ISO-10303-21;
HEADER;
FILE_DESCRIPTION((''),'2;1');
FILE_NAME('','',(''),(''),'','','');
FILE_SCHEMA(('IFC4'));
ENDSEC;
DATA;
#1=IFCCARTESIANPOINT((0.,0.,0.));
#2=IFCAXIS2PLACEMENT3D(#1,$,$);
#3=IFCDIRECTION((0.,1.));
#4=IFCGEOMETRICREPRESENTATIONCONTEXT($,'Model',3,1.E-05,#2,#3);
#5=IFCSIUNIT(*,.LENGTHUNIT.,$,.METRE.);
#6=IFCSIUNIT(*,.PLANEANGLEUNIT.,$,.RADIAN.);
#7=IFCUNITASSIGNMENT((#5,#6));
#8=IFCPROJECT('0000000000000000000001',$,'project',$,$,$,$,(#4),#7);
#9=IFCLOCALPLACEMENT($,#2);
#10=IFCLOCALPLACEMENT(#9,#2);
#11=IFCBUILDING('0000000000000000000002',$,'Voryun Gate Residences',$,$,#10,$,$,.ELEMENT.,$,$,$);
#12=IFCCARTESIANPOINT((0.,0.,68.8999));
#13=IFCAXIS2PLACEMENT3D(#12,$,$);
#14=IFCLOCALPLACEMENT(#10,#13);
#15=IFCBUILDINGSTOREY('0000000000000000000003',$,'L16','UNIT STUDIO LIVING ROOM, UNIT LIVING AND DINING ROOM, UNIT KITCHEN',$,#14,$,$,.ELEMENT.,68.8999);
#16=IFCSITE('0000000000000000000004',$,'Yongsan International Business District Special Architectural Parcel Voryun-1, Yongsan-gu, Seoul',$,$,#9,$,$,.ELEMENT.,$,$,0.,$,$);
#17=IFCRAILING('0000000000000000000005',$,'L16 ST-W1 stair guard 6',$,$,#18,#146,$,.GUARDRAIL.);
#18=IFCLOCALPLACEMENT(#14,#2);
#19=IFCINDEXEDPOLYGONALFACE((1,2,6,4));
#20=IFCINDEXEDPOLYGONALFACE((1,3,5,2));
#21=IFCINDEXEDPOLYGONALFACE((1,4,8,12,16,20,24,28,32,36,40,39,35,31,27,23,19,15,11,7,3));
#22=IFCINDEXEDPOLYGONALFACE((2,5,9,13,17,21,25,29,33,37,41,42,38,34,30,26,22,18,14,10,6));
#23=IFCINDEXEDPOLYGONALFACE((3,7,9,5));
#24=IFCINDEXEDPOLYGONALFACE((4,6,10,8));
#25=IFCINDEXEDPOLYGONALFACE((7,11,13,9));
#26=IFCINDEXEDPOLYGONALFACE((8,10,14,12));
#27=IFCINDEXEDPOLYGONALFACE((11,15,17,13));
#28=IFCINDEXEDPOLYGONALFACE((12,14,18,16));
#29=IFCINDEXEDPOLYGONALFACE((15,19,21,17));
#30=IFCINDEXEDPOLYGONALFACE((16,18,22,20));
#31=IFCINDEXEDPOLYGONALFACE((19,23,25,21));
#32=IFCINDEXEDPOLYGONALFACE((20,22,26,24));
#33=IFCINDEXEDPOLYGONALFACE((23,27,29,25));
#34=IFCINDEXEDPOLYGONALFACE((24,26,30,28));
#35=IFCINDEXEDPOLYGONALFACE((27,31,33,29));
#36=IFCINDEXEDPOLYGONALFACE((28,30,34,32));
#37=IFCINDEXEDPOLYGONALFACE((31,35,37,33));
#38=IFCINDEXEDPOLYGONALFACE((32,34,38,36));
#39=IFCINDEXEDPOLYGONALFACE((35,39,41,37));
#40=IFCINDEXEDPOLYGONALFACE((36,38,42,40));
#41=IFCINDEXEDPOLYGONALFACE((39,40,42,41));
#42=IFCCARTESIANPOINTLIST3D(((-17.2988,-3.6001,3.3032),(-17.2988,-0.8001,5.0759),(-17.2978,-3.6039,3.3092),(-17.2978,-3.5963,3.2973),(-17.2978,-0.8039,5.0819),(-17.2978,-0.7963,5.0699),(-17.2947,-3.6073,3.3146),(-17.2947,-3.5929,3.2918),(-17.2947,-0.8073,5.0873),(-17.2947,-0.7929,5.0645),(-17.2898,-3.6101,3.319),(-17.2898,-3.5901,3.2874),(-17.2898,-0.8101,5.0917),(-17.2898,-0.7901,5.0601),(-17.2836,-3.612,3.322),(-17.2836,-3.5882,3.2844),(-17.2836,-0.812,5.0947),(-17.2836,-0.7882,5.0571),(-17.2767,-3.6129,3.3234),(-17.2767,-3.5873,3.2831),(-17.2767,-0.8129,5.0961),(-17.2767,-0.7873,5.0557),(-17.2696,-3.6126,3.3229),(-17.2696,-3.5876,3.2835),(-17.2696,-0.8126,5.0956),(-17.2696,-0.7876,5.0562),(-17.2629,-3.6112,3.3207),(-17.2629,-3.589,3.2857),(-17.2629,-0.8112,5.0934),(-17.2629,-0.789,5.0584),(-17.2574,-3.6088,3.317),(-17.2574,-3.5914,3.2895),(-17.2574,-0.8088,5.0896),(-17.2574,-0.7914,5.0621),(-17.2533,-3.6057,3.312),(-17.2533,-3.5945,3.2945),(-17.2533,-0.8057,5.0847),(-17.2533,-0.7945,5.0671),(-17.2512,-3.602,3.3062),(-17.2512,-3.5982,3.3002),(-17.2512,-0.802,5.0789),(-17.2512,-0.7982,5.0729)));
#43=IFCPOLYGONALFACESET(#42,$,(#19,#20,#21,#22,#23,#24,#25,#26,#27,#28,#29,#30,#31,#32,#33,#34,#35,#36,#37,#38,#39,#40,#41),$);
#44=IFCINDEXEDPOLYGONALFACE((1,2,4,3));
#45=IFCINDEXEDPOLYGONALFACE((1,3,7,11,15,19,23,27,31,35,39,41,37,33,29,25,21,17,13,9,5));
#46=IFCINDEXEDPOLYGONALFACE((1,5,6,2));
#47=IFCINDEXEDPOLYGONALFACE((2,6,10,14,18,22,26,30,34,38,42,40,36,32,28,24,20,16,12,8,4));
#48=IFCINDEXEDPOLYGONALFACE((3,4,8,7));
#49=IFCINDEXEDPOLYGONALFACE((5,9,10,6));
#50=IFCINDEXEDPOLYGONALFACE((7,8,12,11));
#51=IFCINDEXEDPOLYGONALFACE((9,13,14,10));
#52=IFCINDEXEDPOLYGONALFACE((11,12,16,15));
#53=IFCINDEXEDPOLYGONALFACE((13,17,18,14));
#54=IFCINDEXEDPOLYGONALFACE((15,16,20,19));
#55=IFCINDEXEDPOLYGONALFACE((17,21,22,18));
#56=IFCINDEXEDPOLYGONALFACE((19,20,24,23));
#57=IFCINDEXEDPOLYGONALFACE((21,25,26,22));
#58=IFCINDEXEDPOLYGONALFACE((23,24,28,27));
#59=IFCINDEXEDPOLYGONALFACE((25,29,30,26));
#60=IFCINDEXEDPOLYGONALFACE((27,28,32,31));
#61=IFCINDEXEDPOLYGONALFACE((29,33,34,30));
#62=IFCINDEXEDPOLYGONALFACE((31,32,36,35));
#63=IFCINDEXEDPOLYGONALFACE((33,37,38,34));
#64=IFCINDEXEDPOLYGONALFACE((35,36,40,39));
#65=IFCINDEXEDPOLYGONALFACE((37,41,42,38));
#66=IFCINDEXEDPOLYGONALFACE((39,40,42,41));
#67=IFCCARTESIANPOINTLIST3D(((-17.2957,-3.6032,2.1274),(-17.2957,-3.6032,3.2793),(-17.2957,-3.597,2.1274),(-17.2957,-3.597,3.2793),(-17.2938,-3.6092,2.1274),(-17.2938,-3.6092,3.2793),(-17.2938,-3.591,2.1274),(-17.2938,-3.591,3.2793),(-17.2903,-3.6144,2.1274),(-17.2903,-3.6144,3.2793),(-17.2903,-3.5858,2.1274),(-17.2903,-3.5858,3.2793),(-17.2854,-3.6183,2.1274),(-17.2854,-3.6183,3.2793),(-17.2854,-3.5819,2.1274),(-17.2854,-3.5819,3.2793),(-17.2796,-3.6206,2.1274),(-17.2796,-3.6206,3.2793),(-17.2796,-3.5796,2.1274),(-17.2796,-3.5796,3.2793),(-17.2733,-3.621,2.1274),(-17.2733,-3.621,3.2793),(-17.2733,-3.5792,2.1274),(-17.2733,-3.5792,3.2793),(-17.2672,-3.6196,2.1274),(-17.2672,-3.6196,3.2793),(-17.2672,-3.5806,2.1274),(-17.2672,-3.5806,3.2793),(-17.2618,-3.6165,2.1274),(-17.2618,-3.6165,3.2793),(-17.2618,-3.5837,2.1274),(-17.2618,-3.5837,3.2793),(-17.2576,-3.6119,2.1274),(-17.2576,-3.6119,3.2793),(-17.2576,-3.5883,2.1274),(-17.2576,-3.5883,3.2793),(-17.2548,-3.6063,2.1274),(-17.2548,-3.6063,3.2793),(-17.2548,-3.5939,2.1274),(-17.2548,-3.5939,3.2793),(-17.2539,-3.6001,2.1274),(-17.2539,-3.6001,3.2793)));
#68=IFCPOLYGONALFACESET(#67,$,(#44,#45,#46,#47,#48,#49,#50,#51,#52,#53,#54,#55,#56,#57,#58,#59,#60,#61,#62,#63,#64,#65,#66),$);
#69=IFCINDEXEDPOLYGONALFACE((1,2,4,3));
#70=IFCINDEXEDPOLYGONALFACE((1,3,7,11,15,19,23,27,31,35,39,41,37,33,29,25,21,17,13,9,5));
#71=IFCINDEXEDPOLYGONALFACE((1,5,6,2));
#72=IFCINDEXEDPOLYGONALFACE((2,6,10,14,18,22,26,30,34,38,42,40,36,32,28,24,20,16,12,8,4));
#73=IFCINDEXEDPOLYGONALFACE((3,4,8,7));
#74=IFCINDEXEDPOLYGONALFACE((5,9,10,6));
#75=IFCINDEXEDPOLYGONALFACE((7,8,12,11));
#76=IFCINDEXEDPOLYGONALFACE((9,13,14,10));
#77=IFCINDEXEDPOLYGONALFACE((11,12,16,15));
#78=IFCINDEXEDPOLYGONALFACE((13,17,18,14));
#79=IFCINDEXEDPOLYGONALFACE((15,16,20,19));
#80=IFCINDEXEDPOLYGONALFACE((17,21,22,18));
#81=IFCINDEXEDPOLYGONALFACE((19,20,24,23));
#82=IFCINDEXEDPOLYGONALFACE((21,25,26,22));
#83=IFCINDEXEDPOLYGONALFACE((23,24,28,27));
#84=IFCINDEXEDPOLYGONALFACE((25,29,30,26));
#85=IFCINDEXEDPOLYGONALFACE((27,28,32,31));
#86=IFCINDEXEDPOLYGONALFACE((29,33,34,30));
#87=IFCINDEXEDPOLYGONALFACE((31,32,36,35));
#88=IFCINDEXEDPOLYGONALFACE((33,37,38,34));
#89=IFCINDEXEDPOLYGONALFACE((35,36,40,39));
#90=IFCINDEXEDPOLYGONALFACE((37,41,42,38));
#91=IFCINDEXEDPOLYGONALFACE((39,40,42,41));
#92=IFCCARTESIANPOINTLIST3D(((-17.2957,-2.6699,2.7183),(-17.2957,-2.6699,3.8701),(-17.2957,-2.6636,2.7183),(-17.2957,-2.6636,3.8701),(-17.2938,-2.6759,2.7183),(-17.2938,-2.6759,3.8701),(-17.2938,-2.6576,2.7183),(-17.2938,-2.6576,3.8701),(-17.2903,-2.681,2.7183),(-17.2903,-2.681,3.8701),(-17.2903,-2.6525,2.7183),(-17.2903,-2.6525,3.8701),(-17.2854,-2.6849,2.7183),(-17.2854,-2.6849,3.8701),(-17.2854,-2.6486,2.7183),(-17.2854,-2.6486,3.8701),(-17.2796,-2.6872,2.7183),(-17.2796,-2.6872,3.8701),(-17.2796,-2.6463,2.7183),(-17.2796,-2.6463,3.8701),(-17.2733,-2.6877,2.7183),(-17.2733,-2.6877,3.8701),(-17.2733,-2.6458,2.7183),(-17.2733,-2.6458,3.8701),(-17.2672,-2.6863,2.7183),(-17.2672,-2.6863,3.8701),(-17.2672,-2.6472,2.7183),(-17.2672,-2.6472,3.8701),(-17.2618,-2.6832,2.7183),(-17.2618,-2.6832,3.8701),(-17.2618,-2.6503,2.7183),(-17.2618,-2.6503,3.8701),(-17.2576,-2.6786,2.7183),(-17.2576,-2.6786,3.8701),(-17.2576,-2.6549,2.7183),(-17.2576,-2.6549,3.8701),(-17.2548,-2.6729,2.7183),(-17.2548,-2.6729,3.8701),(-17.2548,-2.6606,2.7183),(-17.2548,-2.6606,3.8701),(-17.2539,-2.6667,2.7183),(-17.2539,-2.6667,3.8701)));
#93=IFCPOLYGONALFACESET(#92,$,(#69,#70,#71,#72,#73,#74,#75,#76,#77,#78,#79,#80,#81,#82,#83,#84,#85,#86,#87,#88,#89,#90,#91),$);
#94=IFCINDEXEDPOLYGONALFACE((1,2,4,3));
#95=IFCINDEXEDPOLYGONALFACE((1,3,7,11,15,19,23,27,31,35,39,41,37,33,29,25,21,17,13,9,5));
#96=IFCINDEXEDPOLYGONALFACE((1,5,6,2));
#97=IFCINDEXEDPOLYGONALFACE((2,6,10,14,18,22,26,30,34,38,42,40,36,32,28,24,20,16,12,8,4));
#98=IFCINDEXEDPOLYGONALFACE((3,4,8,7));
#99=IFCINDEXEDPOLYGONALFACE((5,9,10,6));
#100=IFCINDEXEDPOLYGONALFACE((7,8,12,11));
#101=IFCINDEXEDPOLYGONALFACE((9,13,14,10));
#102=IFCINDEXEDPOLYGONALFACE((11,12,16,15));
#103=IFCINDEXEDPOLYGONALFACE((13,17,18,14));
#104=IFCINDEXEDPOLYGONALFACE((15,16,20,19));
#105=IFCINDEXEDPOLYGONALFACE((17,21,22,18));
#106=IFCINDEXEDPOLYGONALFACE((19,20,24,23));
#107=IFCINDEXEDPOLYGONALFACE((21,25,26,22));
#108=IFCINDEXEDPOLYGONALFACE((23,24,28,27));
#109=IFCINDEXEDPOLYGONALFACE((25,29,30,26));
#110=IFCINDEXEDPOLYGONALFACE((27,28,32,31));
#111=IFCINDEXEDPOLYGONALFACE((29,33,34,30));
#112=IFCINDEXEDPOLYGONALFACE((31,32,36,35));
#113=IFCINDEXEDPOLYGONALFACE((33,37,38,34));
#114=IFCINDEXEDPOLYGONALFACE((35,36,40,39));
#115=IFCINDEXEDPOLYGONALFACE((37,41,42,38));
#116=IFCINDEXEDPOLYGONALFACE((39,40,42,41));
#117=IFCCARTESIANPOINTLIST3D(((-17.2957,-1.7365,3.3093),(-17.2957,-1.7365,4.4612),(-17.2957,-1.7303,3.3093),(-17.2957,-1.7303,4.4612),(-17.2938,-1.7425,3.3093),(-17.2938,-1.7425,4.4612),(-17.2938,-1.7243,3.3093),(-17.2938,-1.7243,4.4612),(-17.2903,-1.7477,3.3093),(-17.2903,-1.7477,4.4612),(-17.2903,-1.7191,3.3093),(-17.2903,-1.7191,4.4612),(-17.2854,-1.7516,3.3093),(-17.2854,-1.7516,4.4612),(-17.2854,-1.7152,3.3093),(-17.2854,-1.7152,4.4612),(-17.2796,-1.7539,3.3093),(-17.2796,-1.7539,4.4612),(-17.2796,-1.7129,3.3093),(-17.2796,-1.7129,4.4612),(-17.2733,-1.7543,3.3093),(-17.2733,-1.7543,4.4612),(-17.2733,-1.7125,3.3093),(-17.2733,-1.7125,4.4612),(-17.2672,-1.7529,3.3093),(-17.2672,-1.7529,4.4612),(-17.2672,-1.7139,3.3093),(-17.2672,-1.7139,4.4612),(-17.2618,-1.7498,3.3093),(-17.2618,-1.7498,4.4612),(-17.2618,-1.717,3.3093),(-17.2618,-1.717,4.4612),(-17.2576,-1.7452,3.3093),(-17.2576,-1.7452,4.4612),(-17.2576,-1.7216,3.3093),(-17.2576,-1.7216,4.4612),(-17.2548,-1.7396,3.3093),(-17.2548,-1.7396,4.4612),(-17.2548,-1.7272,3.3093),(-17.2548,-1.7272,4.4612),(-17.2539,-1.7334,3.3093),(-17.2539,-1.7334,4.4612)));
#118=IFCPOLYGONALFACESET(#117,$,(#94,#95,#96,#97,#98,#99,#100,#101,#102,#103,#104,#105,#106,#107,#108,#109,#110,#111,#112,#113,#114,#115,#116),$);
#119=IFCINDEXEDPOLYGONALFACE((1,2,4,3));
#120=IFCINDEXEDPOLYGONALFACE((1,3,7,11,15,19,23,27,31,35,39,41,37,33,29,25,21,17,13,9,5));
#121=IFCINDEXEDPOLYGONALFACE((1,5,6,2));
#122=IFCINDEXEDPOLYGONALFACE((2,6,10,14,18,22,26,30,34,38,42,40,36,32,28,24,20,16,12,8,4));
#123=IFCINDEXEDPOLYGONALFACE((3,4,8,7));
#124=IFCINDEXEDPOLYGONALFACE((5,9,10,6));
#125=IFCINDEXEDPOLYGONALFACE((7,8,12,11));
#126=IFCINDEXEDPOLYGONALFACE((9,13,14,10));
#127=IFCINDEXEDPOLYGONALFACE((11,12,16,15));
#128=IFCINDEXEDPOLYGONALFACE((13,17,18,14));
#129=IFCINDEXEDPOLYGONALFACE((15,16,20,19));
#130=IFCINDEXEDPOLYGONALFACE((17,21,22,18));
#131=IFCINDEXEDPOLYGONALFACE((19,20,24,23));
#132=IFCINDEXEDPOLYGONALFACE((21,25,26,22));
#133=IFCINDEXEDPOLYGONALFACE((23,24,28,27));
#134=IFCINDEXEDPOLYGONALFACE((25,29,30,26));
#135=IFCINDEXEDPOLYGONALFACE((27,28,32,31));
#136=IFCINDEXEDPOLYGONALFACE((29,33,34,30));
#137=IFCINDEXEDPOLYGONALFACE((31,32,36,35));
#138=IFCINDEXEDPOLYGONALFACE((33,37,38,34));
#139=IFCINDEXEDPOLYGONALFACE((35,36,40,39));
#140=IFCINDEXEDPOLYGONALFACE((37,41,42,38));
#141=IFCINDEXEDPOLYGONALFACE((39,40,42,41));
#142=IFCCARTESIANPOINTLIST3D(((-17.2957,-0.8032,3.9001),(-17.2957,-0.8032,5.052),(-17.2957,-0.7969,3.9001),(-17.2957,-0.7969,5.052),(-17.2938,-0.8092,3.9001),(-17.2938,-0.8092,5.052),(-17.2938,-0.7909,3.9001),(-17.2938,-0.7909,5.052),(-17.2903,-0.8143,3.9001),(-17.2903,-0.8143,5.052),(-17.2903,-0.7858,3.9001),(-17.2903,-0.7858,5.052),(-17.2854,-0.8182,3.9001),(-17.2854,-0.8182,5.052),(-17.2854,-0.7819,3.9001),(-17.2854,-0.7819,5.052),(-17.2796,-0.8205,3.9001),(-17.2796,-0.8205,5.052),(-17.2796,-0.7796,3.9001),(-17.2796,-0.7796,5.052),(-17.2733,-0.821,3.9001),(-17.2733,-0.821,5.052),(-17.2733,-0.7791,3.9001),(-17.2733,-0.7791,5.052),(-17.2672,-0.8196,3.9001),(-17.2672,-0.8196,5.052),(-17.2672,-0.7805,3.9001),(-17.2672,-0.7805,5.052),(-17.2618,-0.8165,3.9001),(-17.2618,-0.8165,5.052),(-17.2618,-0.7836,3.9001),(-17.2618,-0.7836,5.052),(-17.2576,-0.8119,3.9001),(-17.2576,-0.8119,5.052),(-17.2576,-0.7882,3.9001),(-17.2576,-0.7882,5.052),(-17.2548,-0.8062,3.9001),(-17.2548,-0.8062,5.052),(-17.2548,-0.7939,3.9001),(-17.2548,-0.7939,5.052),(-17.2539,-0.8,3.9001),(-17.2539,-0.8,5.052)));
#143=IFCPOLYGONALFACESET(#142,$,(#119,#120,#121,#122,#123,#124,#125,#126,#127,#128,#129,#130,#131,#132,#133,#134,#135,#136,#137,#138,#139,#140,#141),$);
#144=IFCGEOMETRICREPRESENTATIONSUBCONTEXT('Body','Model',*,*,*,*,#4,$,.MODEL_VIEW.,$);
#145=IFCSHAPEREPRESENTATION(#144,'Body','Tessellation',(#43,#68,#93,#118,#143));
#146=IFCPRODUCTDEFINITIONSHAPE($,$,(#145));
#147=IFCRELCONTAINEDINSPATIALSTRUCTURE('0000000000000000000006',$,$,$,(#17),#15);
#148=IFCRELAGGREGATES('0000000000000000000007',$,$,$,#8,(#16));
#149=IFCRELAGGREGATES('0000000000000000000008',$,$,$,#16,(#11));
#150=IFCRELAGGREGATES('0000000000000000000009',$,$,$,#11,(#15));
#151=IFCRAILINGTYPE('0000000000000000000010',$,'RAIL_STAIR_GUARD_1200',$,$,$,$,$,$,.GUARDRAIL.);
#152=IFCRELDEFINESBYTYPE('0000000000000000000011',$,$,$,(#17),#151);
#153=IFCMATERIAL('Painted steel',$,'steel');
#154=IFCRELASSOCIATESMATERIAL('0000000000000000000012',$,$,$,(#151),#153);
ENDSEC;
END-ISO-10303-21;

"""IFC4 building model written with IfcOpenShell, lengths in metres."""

from ifc_helpers import new_model, si_unit, direction, frame, origin, origin_2d, place, context, subcontext, project, spatial, circle, extrude, material, type_object, element, save


model = new_model("IFC4")

# Units and contexts
model_context = context("Model", 3, precision=1e-05, world=origin(), true_north=direction((0.0, 1.0)))
body_context = subcontext(model_context, "Body", "Model", "MODEL_VIEW")
ifc_project = project(units=[si_unit("LENGTHUNIT", "METRE"), si_unit("PLANEANGLEUNIT", "RADIAN")], contexts=[model_context])

# Site, building, storey
site_placement = place(None, origin())
site = spatial("IfcSite", under=ifc_project, at=site_placement, Name="Yongsan International Business District Special Architectural Parcel Voryun-1, Yongsan-gu, Seoul", CompositionType="ELEMENT", RefElevation=0.0)
building_placement = place(site_placement, origin())
building = spatial("IfcBuilding", under=site, at=building_placement, Name="Voryun Gate Residences", CompositionType="ELEMENT")
storey_placement = place(building_placement, frame((0.0, 0.0, 68.8999)))
storey = spatial("IfcBuildingStorey", under=building, at=storey_placement, Name="L16", Description="UNIT STUDIO LIVING ROOM, UNIT LIVING AND DINING ROOM, UNIT KITCHEN", CompositionType="ELEMENT", Elevation=68.8999)

# Railing
ifc_material_1 = material(Name="Painted steel", Category="steel")
railing_type_1 = type_object("IfcRailingType", Name="RAIL_STAIR_GUARD_1200", PredefinedType="GUARDRAIL", material=ifc_material_1)
railing_1_placement = place(storey_placement, frame((-17.2749, -3.6001, 2.1274)))
element("IfcRailing", 1, at=railing_1_placement, inside=storey, type_object=railing_type_1, Name="L16 ST-W1 stair guard 6", PredefinedType="GUARDRAIL", context=body_context, shape_type="SweptSolid", body=[
    extrude(circle(Radius=0.0239, at=origin_2d()), frame((0.0, 0.0, 1.1758), z_axis=(0.0, 0.844909, 0.53491), x_axis=(-1.0, 0.0, 0.0)), (0.0, 0.0, 1.0), 3.314),
    extrude(circle(Radius=0.021, at=origin_2d()), origin(), (0.0, 0.0, 1.0), 1.1519),
    extrude(circle(Radius=0.021, at=origin_2d()), frame((0.0, 0.9333, 0.5908)), (0.0, 0.0, 1.0), 1.1519),
    extrude(circle(Radius=0.021, at=origin_2d()), frame((0.0, 1.8667, 1.1819)), (0.0, 0.0, 1.0), 1.1519),
    extrude(circle(Radius=0.021, at=origin_2d()), frame((0.0, 2.8, 1.7727)), (0.0, 0.0, 1.0), 1.1519),
])

save(model, "model.ifc")
